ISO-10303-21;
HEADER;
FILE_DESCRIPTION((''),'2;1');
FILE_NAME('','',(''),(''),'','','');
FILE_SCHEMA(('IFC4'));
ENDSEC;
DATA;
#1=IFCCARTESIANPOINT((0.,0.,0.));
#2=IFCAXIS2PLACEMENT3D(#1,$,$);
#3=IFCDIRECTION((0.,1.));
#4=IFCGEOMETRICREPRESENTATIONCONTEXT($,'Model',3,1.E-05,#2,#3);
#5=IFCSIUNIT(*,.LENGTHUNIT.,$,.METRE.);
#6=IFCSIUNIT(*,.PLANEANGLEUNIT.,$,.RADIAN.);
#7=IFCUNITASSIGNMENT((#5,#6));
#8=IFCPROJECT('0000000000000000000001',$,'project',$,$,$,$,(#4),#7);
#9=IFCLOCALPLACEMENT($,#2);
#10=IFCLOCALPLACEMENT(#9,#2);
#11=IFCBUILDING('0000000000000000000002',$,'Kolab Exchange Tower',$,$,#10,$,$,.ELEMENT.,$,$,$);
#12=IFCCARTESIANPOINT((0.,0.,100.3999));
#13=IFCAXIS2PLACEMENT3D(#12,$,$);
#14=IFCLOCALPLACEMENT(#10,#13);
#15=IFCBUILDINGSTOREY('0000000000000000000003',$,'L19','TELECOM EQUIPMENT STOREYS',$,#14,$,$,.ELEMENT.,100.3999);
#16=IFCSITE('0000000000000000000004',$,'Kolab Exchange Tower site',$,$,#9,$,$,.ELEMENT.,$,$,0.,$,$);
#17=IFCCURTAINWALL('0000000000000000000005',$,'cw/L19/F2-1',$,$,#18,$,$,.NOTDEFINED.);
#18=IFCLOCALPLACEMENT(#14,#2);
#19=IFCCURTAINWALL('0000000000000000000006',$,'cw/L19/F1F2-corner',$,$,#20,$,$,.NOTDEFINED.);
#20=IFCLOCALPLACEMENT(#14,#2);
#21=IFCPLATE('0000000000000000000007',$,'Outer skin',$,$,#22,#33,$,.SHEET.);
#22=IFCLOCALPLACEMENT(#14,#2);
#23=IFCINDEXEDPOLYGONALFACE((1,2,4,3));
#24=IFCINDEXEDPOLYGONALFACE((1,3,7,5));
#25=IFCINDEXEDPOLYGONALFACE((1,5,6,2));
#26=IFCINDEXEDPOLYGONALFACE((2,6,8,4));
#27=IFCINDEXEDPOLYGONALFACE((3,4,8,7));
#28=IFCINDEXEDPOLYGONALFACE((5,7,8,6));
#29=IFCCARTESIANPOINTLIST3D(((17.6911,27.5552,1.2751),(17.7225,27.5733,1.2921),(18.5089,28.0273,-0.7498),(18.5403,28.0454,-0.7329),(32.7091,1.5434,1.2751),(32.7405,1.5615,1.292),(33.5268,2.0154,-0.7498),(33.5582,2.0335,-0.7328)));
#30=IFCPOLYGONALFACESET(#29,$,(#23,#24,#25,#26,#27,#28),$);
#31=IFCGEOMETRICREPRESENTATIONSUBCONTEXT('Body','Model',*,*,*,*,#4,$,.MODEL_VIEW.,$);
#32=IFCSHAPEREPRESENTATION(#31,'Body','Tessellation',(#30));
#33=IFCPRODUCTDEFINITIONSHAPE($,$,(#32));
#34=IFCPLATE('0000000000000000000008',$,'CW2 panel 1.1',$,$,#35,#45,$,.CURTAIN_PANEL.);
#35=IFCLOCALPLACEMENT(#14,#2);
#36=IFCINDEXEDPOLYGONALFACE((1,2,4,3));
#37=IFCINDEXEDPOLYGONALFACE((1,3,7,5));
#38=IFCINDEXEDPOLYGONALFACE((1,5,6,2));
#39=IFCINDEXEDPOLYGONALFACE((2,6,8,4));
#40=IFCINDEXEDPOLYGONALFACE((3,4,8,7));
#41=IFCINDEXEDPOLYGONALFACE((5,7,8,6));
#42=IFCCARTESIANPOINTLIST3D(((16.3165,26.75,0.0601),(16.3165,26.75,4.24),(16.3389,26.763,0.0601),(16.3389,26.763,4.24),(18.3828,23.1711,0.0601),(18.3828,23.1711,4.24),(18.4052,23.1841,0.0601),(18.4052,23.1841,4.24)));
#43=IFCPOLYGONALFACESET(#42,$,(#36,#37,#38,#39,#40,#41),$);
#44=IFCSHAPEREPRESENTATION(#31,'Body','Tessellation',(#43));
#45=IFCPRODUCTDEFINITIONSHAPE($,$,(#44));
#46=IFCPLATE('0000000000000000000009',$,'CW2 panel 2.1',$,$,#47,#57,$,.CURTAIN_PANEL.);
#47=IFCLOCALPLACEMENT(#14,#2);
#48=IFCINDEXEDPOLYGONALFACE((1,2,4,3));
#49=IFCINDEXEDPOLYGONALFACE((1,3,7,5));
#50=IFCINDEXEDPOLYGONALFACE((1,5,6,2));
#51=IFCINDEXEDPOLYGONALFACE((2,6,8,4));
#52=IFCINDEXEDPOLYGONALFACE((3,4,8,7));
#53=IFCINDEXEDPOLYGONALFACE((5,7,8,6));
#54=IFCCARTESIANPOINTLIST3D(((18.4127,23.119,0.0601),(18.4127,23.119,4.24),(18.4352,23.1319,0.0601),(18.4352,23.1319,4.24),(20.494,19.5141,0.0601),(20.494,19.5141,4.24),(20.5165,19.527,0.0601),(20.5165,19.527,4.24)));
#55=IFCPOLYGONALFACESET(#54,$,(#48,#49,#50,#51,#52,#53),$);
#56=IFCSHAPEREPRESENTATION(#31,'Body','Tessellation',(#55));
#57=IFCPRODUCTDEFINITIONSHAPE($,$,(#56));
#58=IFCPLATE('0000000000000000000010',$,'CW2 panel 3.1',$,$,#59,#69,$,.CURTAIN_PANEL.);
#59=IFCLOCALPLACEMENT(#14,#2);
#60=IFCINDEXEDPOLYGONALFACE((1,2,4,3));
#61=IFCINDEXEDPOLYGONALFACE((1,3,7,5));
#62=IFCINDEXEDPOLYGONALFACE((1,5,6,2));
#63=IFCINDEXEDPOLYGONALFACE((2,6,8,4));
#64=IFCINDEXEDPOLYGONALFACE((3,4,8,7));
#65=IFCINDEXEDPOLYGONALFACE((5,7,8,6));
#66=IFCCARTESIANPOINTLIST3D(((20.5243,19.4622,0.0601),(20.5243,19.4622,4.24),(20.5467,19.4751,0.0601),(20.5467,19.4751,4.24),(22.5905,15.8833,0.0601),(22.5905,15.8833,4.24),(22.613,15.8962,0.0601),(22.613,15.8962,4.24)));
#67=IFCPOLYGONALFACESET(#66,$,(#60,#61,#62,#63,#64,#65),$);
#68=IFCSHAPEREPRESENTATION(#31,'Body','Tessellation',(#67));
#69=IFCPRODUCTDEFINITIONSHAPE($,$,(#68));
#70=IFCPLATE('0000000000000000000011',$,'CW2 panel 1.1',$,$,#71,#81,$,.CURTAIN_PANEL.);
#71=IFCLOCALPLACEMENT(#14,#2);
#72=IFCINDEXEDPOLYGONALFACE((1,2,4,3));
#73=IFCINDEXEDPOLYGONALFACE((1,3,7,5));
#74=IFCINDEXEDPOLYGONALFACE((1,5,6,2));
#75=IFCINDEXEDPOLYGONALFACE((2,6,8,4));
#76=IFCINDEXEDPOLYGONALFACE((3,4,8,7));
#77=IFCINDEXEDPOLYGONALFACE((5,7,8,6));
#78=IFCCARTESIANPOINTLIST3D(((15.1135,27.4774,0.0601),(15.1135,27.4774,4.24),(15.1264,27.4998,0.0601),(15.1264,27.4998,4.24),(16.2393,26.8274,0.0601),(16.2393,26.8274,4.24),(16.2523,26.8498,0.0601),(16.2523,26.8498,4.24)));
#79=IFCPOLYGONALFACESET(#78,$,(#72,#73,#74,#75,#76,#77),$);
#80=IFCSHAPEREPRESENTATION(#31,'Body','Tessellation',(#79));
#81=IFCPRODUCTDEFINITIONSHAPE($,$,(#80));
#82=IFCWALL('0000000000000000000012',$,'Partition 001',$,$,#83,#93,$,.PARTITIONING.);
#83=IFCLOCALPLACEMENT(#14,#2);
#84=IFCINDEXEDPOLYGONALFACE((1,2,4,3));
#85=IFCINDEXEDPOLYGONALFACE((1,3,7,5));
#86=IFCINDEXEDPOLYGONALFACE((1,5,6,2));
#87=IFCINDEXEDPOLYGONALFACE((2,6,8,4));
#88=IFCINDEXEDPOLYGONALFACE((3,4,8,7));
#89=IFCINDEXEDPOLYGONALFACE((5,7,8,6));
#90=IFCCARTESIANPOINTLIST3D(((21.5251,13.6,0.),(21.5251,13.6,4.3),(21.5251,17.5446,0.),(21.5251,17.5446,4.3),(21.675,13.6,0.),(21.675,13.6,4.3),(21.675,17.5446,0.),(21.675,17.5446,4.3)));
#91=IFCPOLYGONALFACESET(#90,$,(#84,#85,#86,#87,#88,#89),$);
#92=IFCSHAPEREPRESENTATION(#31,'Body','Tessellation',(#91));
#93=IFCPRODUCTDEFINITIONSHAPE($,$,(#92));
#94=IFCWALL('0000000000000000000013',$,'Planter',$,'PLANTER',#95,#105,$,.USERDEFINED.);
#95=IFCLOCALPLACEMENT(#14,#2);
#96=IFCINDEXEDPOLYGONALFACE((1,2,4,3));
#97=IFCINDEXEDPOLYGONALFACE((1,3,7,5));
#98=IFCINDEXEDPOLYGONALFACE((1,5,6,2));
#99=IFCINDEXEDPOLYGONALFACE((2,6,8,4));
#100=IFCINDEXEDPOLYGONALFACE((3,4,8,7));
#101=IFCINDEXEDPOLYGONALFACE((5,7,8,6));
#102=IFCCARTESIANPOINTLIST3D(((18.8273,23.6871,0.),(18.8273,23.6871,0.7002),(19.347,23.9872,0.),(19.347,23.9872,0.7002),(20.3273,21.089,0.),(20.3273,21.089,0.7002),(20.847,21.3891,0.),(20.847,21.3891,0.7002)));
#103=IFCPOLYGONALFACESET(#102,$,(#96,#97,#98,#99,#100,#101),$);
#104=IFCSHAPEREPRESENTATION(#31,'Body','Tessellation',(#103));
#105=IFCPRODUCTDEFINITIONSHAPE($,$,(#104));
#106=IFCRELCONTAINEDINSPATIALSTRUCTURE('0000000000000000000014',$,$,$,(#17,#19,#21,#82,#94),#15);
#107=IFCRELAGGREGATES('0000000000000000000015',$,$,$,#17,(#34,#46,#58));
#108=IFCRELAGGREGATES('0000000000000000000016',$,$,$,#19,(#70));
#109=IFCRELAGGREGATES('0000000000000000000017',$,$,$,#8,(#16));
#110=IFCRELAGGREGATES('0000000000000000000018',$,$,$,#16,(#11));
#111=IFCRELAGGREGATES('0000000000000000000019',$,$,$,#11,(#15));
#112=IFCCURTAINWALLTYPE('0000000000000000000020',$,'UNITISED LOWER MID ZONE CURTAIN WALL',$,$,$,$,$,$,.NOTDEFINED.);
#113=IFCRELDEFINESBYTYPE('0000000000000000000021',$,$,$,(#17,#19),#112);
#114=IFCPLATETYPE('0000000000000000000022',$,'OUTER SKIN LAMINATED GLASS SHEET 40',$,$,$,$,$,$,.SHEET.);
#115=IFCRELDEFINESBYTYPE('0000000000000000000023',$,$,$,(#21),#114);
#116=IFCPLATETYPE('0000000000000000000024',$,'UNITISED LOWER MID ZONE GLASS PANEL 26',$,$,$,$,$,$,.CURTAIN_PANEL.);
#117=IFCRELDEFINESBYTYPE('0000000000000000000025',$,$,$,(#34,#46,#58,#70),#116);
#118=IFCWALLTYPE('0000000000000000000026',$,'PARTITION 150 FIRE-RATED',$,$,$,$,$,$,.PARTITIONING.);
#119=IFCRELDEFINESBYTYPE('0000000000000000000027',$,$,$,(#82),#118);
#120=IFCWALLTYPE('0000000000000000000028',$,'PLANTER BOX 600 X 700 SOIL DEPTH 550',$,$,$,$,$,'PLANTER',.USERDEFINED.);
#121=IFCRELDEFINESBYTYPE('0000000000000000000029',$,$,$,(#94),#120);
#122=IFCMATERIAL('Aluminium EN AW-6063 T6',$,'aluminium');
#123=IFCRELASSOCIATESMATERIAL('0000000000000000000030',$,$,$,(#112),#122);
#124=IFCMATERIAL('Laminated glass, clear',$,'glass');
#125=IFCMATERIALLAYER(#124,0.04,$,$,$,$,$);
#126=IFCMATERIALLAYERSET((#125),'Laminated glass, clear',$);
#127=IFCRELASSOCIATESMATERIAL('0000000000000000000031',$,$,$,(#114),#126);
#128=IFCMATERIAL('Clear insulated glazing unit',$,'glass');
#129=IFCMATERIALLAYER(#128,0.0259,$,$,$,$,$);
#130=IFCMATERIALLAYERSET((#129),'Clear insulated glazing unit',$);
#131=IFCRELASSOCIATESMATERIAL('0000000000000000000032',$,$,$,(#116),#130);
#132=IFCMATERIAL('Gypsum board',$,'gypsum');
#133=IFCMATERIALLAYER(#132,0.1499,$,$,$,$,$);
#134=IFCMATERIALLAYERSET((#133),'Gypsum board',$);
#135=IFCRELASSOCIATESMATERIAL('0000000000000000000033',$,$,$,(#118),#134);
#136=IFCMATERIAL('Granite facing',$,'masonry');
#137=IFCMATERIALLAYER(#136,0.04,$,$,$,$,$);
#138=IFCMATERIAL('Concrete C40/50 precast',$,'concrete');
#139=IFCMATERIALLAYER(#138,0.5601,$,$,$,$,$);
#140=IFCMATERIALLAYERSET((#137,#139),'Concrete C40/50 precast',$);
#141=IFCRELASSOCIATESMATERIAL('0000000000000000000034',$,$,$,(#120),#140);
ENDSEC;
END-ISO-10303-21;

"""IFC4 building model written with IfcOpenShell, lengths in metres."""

from ifc_helpers import new_model, si_unit, direction, frame, frame_2d, origin, origin_2d, place, context, subcontext, project, spatial, polyline, rectangle, outline, extrude, material, layer, layer_set, type_object, element, aggregate, save


model = new_model("IFC4")

# Units and contexts
model_context = context("Model", 3, precision=1e-05, world=origin(), true_north=direction((0.0, 1.0)))
body_context = subcontext(model_context, "Body", "Model", "MODEL_VIEW")
ifc_project = project(units=[si_unit("LENGTHUNIT", "METRE"), si_unit("PLANEANGLEUNIT", "RADIAN")], contexts=[model_context])

# Site, building, storey
site_placement = place(None, origin())
site = spatial("IfcSite", under=ifc_project, at=site_placement, Name="Kolab Exchange Tower site", CompositionType="ELEMENT", RefElevation=0.0)
building_placement = place(site_placement, origin())
building = spatial("IfcBuilding", under=site, at=building_placement, Name="Kolab Exchange Tower", CompositionType="ELEMENT")
storey_placement = place(building_placement, frame((0.0, 0.0, 100.3999)))
storey = spatial("IfcBuildingStorey", under=building, at=storey_placement, Name="L19", Description="TELECOM EQUIPMENT STOREYS", CompositionType="ELEMENT", Elevation=100.3999)

# Shared definitions
ifc_material_1 = material(Name="Aluminium EN AW-6063 T6", Category="aluminium")
curtain_wall_type = type_object("IfcCurtainWallType", Name="UNITISED LOWER MID ZONE CURTAIN WALL", PredefinedType="NOTDEFINED", material=ifc_material_1)

# Curtain wall
curtain_wall_1_placement = place(storey_placement, origin())
curtain_wall_1 = element("IfcCurtainWall", 1, at=curtain_wall_1_placement, inside=storey, type_object=curtain_wall_type, Name="cw/L19/F2-1", PredefinedType="NOTDEFINED")

# Curtain wall
curtain_wall_2_placement = place(storey_placement, origin())
curtain_wall_2 = element("IfcCurtainWall", 2, at=curtain_wall_2_placement, inside=storey, type_object=curtain_wall_type, Name="cw/L19/F1F2-corner", PredefinedType="NOTDEFINED")

# Plates
ifc_material_2 = material(Name="Laminated glass, clear", Category="glass")
ifc_layer_1 = layer(ifc_material_2, 0.04)
ifc_layer_set_1 = layer_set([ifc_layer_1], Name="Laminated glass, clear")
plate_type_1 = type_object("IfcPlateType", Name="OUTER SKIN LAMINATED GLASS SHEET 40", PredefinedType="SHEET", material=ifc_layer_set_1)
plate_1_placement = place(storey_placement, frame((18.5403, 28.0454, -0.7329), z_axis=(0.784887, 0.453155, 0.422613), x_axis=(0.499999, -0.866026, 0.000002)))
element("IfcPlate", 3, at=plate_1_placement, inside=storey, type_object=plate_type_1, Name="Outer skin", PredefinedType="SHEET", context=body_context, shape_type="SweptSolid", body=[
    extrude(outline(polyline([(0.0, 0.0), (30.0359, 0.0), (30.0358, -2.2342), (0.0, -2.2343), (0.0, 0.0)])), origin(), (0.0, 0.0, -1.0), 0.04),
])
ifc_material_3 = material(Name="Clear insulated glazing unit", Category="glass")
ifc_layer_2 = layer(ifc_material_3, 0.0259)
ifc_layer_set_2 = layer_set([ifc_layer_2], Name="Clear insulated glazing unit")
plate_type_2 = type_object("IfcPlateType", Name="UNITISED LOWER MID ZONE GLASS PANEL 26", PredefinedType="CURTAIN_PANEL", material=ifc_layer_set_2)
plate_2_placement = place(storey_placement, frame((17.3608, 24.967, 0.0601), z_axis=(0.0, 0.0, 1.0), x_axis=(0.5, -0.866025, 0.0)))
plate_2 = element("IfcPlate", 4, at=plate_2_placement, type_object=plate_type_2, Name="CW2 panel 1.1", PredefinedType="CURTAIN_PANEL", context=body_context, shape_type="SweptSolid", body=[
    extrude(rectangle(XDim=4.1326, YDim=0.0259, at=origin_2d()), origin(), (0.0, 0.0, 1.0), 4.1799),
])
plate_3_placement = place(storey_placement, frame((19.4646, 21.323, 0.0601), z_axis=(0.0, 0.0, 1.0), x_axis=(0.5, -0.866025, 0.0)))
plate_3 = element("IfcPlate", 5, at=plate_3_placement, type_object=plate_type_2, Name="CW2 panel 2.1", PredefinedType="CURTAIN_PANEL", context=body_context, shape_type="SweptSolid", body=[
    extrude(rectangle(XDim=4.1626, YDim=0.0259, at=origin_2d()), origin(), (0.0, 0.0, 1.0), 4.1799),
])
plate_4_placement = place(storey_placement, frame((21.5686, 17.6792, 0.0601), z_axis=(0.0, 0.0, 1.0), x_axis=(0.5, -0.866025, 0.0)))
plate_4 = element("IfcPlate", 6, at=plate_4_placement, type_object=plate_type_2, Name="CW2 panel 3.1", PredefinedType="CURTAIN_PANEL", context=body_context, shape_type="SweptSolid", body=[
    extrude(rectangle(XDim=4.1326, YDim=0.0259, at=origin_2d()), origin(), (0.0, 0.0, 1.0), 4.1799),
])
aggregate(curtain_wall_1, [plate_2, plate_3, plate_4])
plate_5_placement = place(storey_placement, frame((15.6829, 27.1636, 0.0601), z_axis=(0.0, 0.0, 1.0), x_axis=(0.866025, -0.5, 0.0)))
plate_5 = element("IfcPlate", 7, at=plate_5_placement, type_object=plate_type_2, Name="CW2 panel 1.1", PredefinedType="CURTAIN_PANEL", context=body_context, shape_type="SweptSolid", body=[
    extrude(rectangle(XDim=1.3, YDim=0.0259, at=origin_2d()), origin(), (0.0, 0.0, 1.0), 4.1799),
])
aggregate(curtain_wall_2, [plate_5])

# Walls
ifc_material_4 = material(Name="Gypsum board", Category="gypsum")
ifc_layer_3 = layer(ifc_material_4, 0.1499)
ifc_layer_set_3 = layer_set([ifc_layer_3], Name="Gypsum board")
wall_type_1 = type_object("IfcWallType", Name="PARTITION 150 FIRE-RATED", PredefinedType="PARTITIONING", material=ifc_layer_set_3)
wall_1_placement = place(storey_placement, frame((21.6001, 13.6001, 0.0), z_axis=(0.0, 0.0, 1.0), x_axis=(0.0, 1.0, 0.0)))
element("IfcWall", 8, at=wall_1_placement, inside=storey, type_object=wall_type_1, Name="Partition 001", PredefinedType="PARTITIONING", context=body_context, shape_type="SweptSolid", body=[
    extrude(rectangle(XDim=3.9446, YDim=0.1499, at=frame_2d((1.9722, 0.0))), origin(), (0.0, 0.0, 1.0), 4.3),
])
ifc_material_5 = material(Name="Granite facing", Category="masonry")
ifc_layer_4 = layer(ifc_material_5, 0.04)
ifc_material_6 = material(Name="Concrete C40/50 precast", Category="concrete")
ifc_layer_5 = layer(ifc_material_6, 0.5601)
ifc_layer_set_4 = layer_set([ifc_layer_4, ifc_layer_5], Name="Concrete C40/50 precast")
wall_type_2 = type_object("IfcWallType", Name="PLANTER BOX 600 X 700 SOIL DEPTH 550", ElementType="PLANTER", PredefinedType="USERDEFINED", material=ifc_layer_set_4)
wall_2_placement = place(storey_placement, frame((19.0872, 23.8372, 0.0), z_axis=(0.0, 0.0, 1.0), x_axis=(0.49999, -0.866031, 0.0)))
element("IfcWall", 9, at=wall_2_placement, inside=storey, type_object=wall_type_2, Name="Planter", ObjectType="PLANTER", PredefinedType="USERDEFINED", context=body_context, shape_type="SweptSolid", body=[
    extrude(rectangle(XDim=3.0, YDim=0.6001, at=frame_2d((1.5, 0.0))), origin(), (0.0, 0.0, 1.0), 0.7002),
])

save(model, "model.ifc")
